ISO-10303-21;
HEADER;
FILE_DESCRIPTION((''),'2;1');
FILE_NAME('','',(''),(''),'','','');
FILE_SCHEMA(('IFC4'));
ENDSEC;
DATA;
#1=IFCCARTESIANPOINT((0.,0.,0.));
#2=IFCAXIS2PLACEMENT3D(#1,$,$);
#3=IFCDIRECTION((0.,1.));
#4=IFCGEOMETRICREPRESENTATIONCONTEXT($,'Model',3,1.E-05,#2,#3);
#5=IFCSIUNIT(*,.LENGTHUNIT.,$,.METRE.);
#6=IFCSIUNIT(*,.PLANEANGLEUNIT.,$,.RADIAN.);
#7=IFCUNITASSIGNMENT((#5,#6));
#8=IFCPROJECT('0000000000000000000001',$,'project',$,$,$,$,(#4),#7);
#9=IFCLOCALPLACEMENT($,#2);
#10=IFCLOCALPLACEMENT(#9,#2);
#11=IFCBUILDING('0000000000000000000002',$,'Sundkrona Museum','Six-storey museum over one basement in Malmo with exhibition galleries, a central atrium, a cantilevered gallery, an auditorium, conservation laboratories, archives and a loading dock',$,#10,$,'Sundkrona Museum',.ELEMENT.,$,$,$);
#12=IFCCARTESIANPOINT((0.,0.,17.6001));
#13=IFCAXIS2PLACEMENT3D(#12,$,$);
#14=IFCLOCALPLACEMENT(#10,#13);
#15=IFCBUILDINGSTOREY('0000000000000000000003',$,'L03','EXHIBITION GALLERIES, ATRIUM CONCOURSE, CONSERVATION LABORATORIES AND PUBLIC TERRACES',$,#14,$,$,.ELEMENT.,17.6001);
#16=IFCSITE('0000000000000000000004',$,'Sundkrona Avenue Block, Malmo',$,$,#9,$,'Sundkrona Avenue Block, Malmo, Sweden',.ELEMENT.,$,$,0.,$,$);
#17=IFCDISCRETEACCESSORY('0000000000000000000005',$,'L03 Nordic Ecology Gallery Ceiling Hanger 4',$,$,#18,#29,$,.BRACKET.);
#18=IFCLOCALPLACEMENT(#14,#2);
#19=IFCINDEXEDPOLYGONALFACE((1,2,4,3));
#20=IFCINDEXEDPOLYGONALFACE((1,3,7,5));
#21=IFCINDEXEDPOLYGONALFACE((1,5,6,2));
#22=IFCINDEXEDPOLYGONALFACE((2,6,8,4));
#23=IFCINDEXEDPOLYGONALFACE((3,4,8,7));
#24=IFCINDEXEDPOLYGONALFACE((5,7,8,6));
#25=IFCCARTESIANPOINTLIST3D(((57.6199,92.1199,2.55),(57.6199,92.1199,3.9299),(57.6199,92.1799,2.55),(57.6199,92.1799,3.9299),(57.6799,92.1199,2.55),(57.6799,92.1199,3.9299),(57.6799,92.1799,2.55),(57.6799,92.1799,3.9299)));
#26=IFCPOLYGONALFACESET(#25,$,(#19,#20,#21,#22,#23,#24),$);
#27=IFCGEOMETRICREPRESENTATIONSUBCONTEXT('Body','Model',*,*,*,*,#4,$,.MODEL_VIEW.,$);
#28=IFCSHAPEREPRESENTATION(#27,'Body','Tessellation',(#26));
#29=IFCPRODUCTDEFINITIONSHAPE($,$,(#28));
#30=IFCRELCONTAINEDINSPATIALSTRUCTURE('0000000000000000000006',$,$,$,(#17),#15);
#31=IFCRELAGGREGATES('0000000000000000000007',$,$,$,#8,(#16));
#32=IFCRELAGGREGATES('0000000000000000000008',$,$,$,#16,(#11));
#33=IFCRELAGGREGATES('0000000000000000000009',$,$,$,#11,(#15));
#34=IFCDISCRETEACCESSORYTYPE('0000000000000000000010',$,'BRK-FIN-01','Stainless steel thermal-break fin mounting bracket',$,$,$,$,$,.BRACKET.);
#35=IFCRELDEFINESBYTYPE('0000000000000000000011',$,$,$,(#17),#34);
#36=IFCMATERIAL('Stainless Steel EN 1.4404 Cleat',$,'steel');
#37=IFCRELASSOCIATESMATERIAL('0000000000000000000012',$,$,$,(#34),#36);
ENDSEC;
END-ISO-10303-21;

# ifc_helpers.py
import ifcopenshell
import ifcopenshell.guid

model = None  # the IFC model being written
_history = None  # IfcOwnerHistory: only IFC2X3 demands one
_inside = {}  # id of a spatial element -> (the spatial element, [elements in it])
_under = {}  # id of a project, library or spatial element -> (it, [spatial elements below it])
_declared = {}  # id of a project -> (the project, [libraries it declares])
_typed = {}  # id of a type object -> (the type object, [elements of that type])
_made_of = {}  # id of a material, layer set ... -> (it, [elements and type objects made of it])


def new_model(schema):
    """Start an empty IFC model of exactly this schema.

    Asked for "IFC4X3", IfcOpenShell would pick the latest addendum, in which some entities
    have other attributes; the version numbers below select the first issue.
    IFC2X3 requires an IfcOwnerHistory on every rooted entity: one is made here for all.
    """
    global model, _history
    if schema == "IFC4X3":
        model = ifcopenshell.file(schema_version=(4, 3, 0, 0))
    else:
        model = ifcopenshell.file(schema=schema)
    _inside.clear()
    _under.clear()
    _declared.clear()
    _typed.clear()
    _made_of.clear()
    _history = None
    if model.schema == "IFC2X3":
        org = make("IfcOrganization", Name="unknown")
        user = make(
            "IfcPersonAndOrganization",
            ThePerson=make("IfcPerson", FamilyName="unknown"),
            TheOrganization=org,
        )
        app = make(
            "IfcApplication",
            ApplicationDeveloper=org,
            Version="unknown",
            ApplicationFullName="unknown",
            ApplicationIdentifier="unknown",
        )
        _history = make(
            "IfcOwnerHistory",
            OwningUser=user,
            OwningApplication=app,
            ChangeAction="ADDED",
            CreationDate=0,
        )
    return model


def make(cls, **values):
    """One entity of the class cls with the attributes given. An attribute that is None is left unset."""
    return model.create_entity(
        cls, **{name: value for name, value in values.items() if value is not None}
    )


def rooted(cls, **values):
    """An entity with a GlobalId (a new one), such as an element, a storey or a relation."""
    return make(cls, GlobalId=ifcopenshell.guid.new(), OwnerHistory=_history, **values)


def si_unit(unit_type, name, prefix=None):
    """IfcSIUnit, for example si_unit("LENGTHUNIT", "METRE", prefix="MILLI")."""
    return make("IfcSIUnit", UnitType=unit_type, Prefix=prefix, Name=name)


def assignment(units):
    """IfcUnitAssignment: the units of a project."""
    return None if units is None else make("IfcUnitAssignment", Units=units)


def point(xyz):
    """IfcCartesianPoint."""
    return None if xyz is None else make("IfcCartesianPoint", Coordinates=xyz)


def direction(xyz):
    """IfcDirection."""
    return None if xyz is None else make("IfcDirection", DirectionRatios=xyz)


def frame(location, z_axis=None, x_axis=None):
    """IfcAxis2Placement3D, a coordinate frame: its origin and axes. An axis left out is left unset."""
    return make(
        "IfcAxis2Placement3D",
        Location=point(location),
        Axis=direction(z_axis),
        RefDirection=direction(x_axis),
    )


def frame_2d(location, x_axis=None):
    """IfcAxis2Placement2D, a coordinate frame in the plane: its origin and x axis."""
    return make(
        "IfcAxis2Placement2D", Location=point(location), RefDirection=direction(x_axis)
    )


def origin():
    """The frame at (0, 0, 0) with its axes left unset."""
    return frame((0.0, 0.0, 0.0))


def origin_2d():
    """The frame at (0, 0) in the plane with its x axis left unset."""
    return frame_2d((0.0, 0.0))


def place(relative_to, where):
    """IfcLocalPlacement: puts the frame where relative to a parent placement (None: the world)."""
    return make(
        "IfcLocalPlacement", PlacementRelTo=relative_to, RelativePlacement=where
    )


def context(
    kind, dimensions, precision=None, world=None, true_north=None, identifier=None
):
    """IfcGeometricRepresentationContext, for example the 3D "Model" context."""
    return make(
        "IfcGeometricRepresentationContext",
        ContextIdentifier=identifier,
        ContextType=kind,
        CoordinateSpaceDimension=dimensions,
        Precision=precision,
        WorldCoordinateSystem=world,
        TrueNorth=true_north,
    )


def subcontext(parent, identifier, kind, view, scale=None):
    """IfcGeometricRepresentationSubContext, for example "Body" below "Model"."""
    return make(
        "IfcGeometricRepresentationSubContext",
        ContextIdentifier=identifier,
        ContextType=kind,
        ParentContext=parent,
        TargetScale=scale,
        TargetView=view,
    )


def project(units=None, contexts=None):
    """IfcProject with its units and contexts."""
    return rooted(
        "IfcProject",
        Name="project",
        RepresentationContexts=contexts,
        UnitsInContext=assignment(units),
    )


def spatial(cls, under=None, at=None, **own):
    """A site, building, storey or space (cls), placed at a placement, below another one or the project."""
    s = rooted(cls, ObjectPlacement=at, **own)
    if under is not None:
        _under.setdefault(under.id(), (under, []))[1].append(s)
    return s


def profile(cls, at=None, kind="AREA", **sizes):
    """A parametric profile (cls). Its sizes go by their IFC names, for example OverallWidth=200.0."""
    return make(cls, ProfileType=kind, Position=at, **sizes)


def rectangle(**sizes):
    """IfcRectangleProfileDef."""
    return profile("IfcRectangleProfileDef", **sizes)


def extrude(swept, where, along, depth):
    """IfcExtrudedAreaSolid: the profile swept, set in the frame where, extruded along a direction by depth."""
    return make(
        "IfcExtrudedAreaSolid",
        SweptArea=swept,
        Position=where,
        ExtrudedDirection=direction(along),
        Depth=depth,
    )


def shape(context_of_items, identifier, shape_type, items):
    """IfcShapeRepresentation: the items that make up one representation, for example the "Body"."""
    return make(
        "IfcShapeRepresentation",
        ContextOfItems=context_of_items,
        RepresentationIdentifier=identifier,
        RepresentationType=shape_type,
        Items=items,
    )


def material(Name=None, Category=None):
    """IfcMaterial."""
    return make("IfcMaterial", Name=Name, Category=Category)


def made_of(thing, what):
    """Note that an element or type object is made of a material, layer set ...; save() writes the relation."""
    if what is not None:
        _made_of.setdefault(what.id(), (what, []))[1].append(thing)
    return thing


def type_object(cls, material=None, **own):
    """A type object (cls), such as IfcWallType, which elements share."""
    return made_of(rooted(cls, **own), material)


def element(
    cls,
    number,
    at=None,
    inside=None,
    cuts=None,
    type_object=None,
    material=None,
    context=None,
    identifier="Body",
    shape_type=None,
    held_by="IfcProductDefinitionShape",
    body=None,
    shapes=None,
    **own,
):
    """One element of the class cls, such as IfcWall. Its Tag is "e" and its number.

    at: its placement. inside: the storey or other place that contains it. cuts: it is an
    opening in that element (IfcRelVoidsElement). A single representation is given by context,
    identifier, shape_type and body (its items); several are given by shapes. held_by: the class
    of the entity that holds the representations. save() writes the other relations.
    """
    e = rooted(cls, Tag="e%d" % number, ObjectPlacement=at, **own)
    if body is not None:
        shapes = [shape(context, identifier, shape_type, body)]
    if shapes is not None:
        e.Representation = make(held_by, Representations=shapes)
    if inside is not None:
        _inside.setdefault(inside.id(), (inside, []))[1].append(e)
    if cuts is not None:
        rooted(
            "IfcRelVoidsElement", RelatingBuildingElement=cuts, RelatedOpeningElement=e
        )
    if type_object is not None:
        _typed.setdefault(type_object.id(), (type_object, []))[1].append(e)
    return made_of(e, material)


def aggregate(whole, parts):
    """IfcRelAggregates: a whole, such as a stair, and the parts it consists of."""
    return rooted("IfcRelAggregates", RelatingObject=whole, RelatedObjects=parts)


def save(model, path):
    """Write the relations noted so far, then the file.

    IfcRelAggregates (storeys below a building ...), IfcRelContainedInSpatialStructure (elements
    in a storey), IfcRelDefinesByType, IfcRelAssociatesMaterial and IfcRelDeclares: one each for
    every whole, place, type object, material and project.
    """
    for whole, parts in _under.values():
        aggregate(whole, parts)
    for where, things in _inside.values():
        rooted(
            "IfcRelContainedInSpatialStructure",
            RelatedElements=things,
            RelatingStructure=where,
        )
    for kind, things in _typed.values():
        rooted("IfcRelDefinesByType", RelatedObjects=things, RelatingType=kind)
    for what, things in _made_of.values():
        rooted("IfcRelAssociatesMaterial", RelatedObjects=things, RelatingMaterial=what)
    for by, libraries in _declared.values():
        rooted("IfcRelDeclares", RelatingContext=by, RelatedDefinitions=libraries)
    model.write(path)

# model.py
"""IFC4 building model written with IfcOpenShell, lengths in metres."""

from ifc_helpers import new_model, si_unit, direction, frame, origin, origin_2d, place, context, subcontext, project, spatial, rectangle, extrude, material, type_object, element, save


model = new_model("IFC4")

# Units and contexts
model_context = context("Model", 3, precision=1e-05, world=origin(), true_north=direction((0.0, 1.0)))
body_context = subcontext(model_context, "Body", "Model", "MODEL_VIEW")
ifc_project = project(units=[si_unit("LENGTHUNIT", "METRE"), si_unit("PLANEANGLEUNIT", "RADIAN")], contexts=[model_context])

# Site, building, storey
site_placement = place(None, origin())
site = spatial("IfcSite", under=ifc_project, at=site_placement, Name="Sundkrona Avenue Block, Malmo", LongName="Sundkrona Avenue Block, Malmo, Sweden", CompositionType="ELEMENT", RefElevation=0.0)
building_placement = place(site_placement, origin())
building = spatial("IfcBuilding", under=site, at=building_placement, Name="Sundkrona Museum", Description="Six-storey museum over one basement in Malmo with exhibition galleries, a central atrium, a cantilevered gallery, an auditorium, conservation laboratories, archives and a loading dock", LongName="Sundkrona Museum", CompositionType="ELEMENT")
storey_placement = place(building_placement, frame((0.0, 0.0, 17.6001)))
storey = spatial("IfcBuildingStorey", under=building, at=storey_placement, Name="L03", Description="EXHIBITION GALLERIES, ATRIUM CONCOURSE, CONSERVATION LABORATORIES AND PUBLIC TERRACES", CompositionType="ELEMENT", Elevation=17.6001)

# Discrete accessory
ifc_material_1 = material(Name="Stainless Steel EN 1.4404 Cleat", Category="steel")
discrete_accessory_type = type_object("IfcDiscreteAccessoryType", Name="BRK-FIN-01", Description="Stainless steel thermal-break fin mounting bracket", PredefinedType="BRACKET", material=ifc_material_1)
for number, where, z_axis, x_axis, name in (
    (1, (57.6499, 92.1499, 2.55), (0.0, 0.0, 1.0), (1.0, 0.0, 0.0), "L03 Nordic Ecology Gallery Ceiling Hanger 4"),
):
    element("IfcDiscreteAccessory", number, at=place(storey_placement, frame(where, z_axis=z_axis, x_axis=x_axis)), inside=storey, type_object=discrete_accessory_type, Name=name, PredefinedType="BRACKET", context=body_context, shape_type="SweptSolid", body=[
        extrude(rectangle(XDim=0.0601, YDim=0.0601, at=origin_2d()), origin(), (0.0, 0.0, 1.0), 1.3799),
    ])

save(model, "model.ifc")
